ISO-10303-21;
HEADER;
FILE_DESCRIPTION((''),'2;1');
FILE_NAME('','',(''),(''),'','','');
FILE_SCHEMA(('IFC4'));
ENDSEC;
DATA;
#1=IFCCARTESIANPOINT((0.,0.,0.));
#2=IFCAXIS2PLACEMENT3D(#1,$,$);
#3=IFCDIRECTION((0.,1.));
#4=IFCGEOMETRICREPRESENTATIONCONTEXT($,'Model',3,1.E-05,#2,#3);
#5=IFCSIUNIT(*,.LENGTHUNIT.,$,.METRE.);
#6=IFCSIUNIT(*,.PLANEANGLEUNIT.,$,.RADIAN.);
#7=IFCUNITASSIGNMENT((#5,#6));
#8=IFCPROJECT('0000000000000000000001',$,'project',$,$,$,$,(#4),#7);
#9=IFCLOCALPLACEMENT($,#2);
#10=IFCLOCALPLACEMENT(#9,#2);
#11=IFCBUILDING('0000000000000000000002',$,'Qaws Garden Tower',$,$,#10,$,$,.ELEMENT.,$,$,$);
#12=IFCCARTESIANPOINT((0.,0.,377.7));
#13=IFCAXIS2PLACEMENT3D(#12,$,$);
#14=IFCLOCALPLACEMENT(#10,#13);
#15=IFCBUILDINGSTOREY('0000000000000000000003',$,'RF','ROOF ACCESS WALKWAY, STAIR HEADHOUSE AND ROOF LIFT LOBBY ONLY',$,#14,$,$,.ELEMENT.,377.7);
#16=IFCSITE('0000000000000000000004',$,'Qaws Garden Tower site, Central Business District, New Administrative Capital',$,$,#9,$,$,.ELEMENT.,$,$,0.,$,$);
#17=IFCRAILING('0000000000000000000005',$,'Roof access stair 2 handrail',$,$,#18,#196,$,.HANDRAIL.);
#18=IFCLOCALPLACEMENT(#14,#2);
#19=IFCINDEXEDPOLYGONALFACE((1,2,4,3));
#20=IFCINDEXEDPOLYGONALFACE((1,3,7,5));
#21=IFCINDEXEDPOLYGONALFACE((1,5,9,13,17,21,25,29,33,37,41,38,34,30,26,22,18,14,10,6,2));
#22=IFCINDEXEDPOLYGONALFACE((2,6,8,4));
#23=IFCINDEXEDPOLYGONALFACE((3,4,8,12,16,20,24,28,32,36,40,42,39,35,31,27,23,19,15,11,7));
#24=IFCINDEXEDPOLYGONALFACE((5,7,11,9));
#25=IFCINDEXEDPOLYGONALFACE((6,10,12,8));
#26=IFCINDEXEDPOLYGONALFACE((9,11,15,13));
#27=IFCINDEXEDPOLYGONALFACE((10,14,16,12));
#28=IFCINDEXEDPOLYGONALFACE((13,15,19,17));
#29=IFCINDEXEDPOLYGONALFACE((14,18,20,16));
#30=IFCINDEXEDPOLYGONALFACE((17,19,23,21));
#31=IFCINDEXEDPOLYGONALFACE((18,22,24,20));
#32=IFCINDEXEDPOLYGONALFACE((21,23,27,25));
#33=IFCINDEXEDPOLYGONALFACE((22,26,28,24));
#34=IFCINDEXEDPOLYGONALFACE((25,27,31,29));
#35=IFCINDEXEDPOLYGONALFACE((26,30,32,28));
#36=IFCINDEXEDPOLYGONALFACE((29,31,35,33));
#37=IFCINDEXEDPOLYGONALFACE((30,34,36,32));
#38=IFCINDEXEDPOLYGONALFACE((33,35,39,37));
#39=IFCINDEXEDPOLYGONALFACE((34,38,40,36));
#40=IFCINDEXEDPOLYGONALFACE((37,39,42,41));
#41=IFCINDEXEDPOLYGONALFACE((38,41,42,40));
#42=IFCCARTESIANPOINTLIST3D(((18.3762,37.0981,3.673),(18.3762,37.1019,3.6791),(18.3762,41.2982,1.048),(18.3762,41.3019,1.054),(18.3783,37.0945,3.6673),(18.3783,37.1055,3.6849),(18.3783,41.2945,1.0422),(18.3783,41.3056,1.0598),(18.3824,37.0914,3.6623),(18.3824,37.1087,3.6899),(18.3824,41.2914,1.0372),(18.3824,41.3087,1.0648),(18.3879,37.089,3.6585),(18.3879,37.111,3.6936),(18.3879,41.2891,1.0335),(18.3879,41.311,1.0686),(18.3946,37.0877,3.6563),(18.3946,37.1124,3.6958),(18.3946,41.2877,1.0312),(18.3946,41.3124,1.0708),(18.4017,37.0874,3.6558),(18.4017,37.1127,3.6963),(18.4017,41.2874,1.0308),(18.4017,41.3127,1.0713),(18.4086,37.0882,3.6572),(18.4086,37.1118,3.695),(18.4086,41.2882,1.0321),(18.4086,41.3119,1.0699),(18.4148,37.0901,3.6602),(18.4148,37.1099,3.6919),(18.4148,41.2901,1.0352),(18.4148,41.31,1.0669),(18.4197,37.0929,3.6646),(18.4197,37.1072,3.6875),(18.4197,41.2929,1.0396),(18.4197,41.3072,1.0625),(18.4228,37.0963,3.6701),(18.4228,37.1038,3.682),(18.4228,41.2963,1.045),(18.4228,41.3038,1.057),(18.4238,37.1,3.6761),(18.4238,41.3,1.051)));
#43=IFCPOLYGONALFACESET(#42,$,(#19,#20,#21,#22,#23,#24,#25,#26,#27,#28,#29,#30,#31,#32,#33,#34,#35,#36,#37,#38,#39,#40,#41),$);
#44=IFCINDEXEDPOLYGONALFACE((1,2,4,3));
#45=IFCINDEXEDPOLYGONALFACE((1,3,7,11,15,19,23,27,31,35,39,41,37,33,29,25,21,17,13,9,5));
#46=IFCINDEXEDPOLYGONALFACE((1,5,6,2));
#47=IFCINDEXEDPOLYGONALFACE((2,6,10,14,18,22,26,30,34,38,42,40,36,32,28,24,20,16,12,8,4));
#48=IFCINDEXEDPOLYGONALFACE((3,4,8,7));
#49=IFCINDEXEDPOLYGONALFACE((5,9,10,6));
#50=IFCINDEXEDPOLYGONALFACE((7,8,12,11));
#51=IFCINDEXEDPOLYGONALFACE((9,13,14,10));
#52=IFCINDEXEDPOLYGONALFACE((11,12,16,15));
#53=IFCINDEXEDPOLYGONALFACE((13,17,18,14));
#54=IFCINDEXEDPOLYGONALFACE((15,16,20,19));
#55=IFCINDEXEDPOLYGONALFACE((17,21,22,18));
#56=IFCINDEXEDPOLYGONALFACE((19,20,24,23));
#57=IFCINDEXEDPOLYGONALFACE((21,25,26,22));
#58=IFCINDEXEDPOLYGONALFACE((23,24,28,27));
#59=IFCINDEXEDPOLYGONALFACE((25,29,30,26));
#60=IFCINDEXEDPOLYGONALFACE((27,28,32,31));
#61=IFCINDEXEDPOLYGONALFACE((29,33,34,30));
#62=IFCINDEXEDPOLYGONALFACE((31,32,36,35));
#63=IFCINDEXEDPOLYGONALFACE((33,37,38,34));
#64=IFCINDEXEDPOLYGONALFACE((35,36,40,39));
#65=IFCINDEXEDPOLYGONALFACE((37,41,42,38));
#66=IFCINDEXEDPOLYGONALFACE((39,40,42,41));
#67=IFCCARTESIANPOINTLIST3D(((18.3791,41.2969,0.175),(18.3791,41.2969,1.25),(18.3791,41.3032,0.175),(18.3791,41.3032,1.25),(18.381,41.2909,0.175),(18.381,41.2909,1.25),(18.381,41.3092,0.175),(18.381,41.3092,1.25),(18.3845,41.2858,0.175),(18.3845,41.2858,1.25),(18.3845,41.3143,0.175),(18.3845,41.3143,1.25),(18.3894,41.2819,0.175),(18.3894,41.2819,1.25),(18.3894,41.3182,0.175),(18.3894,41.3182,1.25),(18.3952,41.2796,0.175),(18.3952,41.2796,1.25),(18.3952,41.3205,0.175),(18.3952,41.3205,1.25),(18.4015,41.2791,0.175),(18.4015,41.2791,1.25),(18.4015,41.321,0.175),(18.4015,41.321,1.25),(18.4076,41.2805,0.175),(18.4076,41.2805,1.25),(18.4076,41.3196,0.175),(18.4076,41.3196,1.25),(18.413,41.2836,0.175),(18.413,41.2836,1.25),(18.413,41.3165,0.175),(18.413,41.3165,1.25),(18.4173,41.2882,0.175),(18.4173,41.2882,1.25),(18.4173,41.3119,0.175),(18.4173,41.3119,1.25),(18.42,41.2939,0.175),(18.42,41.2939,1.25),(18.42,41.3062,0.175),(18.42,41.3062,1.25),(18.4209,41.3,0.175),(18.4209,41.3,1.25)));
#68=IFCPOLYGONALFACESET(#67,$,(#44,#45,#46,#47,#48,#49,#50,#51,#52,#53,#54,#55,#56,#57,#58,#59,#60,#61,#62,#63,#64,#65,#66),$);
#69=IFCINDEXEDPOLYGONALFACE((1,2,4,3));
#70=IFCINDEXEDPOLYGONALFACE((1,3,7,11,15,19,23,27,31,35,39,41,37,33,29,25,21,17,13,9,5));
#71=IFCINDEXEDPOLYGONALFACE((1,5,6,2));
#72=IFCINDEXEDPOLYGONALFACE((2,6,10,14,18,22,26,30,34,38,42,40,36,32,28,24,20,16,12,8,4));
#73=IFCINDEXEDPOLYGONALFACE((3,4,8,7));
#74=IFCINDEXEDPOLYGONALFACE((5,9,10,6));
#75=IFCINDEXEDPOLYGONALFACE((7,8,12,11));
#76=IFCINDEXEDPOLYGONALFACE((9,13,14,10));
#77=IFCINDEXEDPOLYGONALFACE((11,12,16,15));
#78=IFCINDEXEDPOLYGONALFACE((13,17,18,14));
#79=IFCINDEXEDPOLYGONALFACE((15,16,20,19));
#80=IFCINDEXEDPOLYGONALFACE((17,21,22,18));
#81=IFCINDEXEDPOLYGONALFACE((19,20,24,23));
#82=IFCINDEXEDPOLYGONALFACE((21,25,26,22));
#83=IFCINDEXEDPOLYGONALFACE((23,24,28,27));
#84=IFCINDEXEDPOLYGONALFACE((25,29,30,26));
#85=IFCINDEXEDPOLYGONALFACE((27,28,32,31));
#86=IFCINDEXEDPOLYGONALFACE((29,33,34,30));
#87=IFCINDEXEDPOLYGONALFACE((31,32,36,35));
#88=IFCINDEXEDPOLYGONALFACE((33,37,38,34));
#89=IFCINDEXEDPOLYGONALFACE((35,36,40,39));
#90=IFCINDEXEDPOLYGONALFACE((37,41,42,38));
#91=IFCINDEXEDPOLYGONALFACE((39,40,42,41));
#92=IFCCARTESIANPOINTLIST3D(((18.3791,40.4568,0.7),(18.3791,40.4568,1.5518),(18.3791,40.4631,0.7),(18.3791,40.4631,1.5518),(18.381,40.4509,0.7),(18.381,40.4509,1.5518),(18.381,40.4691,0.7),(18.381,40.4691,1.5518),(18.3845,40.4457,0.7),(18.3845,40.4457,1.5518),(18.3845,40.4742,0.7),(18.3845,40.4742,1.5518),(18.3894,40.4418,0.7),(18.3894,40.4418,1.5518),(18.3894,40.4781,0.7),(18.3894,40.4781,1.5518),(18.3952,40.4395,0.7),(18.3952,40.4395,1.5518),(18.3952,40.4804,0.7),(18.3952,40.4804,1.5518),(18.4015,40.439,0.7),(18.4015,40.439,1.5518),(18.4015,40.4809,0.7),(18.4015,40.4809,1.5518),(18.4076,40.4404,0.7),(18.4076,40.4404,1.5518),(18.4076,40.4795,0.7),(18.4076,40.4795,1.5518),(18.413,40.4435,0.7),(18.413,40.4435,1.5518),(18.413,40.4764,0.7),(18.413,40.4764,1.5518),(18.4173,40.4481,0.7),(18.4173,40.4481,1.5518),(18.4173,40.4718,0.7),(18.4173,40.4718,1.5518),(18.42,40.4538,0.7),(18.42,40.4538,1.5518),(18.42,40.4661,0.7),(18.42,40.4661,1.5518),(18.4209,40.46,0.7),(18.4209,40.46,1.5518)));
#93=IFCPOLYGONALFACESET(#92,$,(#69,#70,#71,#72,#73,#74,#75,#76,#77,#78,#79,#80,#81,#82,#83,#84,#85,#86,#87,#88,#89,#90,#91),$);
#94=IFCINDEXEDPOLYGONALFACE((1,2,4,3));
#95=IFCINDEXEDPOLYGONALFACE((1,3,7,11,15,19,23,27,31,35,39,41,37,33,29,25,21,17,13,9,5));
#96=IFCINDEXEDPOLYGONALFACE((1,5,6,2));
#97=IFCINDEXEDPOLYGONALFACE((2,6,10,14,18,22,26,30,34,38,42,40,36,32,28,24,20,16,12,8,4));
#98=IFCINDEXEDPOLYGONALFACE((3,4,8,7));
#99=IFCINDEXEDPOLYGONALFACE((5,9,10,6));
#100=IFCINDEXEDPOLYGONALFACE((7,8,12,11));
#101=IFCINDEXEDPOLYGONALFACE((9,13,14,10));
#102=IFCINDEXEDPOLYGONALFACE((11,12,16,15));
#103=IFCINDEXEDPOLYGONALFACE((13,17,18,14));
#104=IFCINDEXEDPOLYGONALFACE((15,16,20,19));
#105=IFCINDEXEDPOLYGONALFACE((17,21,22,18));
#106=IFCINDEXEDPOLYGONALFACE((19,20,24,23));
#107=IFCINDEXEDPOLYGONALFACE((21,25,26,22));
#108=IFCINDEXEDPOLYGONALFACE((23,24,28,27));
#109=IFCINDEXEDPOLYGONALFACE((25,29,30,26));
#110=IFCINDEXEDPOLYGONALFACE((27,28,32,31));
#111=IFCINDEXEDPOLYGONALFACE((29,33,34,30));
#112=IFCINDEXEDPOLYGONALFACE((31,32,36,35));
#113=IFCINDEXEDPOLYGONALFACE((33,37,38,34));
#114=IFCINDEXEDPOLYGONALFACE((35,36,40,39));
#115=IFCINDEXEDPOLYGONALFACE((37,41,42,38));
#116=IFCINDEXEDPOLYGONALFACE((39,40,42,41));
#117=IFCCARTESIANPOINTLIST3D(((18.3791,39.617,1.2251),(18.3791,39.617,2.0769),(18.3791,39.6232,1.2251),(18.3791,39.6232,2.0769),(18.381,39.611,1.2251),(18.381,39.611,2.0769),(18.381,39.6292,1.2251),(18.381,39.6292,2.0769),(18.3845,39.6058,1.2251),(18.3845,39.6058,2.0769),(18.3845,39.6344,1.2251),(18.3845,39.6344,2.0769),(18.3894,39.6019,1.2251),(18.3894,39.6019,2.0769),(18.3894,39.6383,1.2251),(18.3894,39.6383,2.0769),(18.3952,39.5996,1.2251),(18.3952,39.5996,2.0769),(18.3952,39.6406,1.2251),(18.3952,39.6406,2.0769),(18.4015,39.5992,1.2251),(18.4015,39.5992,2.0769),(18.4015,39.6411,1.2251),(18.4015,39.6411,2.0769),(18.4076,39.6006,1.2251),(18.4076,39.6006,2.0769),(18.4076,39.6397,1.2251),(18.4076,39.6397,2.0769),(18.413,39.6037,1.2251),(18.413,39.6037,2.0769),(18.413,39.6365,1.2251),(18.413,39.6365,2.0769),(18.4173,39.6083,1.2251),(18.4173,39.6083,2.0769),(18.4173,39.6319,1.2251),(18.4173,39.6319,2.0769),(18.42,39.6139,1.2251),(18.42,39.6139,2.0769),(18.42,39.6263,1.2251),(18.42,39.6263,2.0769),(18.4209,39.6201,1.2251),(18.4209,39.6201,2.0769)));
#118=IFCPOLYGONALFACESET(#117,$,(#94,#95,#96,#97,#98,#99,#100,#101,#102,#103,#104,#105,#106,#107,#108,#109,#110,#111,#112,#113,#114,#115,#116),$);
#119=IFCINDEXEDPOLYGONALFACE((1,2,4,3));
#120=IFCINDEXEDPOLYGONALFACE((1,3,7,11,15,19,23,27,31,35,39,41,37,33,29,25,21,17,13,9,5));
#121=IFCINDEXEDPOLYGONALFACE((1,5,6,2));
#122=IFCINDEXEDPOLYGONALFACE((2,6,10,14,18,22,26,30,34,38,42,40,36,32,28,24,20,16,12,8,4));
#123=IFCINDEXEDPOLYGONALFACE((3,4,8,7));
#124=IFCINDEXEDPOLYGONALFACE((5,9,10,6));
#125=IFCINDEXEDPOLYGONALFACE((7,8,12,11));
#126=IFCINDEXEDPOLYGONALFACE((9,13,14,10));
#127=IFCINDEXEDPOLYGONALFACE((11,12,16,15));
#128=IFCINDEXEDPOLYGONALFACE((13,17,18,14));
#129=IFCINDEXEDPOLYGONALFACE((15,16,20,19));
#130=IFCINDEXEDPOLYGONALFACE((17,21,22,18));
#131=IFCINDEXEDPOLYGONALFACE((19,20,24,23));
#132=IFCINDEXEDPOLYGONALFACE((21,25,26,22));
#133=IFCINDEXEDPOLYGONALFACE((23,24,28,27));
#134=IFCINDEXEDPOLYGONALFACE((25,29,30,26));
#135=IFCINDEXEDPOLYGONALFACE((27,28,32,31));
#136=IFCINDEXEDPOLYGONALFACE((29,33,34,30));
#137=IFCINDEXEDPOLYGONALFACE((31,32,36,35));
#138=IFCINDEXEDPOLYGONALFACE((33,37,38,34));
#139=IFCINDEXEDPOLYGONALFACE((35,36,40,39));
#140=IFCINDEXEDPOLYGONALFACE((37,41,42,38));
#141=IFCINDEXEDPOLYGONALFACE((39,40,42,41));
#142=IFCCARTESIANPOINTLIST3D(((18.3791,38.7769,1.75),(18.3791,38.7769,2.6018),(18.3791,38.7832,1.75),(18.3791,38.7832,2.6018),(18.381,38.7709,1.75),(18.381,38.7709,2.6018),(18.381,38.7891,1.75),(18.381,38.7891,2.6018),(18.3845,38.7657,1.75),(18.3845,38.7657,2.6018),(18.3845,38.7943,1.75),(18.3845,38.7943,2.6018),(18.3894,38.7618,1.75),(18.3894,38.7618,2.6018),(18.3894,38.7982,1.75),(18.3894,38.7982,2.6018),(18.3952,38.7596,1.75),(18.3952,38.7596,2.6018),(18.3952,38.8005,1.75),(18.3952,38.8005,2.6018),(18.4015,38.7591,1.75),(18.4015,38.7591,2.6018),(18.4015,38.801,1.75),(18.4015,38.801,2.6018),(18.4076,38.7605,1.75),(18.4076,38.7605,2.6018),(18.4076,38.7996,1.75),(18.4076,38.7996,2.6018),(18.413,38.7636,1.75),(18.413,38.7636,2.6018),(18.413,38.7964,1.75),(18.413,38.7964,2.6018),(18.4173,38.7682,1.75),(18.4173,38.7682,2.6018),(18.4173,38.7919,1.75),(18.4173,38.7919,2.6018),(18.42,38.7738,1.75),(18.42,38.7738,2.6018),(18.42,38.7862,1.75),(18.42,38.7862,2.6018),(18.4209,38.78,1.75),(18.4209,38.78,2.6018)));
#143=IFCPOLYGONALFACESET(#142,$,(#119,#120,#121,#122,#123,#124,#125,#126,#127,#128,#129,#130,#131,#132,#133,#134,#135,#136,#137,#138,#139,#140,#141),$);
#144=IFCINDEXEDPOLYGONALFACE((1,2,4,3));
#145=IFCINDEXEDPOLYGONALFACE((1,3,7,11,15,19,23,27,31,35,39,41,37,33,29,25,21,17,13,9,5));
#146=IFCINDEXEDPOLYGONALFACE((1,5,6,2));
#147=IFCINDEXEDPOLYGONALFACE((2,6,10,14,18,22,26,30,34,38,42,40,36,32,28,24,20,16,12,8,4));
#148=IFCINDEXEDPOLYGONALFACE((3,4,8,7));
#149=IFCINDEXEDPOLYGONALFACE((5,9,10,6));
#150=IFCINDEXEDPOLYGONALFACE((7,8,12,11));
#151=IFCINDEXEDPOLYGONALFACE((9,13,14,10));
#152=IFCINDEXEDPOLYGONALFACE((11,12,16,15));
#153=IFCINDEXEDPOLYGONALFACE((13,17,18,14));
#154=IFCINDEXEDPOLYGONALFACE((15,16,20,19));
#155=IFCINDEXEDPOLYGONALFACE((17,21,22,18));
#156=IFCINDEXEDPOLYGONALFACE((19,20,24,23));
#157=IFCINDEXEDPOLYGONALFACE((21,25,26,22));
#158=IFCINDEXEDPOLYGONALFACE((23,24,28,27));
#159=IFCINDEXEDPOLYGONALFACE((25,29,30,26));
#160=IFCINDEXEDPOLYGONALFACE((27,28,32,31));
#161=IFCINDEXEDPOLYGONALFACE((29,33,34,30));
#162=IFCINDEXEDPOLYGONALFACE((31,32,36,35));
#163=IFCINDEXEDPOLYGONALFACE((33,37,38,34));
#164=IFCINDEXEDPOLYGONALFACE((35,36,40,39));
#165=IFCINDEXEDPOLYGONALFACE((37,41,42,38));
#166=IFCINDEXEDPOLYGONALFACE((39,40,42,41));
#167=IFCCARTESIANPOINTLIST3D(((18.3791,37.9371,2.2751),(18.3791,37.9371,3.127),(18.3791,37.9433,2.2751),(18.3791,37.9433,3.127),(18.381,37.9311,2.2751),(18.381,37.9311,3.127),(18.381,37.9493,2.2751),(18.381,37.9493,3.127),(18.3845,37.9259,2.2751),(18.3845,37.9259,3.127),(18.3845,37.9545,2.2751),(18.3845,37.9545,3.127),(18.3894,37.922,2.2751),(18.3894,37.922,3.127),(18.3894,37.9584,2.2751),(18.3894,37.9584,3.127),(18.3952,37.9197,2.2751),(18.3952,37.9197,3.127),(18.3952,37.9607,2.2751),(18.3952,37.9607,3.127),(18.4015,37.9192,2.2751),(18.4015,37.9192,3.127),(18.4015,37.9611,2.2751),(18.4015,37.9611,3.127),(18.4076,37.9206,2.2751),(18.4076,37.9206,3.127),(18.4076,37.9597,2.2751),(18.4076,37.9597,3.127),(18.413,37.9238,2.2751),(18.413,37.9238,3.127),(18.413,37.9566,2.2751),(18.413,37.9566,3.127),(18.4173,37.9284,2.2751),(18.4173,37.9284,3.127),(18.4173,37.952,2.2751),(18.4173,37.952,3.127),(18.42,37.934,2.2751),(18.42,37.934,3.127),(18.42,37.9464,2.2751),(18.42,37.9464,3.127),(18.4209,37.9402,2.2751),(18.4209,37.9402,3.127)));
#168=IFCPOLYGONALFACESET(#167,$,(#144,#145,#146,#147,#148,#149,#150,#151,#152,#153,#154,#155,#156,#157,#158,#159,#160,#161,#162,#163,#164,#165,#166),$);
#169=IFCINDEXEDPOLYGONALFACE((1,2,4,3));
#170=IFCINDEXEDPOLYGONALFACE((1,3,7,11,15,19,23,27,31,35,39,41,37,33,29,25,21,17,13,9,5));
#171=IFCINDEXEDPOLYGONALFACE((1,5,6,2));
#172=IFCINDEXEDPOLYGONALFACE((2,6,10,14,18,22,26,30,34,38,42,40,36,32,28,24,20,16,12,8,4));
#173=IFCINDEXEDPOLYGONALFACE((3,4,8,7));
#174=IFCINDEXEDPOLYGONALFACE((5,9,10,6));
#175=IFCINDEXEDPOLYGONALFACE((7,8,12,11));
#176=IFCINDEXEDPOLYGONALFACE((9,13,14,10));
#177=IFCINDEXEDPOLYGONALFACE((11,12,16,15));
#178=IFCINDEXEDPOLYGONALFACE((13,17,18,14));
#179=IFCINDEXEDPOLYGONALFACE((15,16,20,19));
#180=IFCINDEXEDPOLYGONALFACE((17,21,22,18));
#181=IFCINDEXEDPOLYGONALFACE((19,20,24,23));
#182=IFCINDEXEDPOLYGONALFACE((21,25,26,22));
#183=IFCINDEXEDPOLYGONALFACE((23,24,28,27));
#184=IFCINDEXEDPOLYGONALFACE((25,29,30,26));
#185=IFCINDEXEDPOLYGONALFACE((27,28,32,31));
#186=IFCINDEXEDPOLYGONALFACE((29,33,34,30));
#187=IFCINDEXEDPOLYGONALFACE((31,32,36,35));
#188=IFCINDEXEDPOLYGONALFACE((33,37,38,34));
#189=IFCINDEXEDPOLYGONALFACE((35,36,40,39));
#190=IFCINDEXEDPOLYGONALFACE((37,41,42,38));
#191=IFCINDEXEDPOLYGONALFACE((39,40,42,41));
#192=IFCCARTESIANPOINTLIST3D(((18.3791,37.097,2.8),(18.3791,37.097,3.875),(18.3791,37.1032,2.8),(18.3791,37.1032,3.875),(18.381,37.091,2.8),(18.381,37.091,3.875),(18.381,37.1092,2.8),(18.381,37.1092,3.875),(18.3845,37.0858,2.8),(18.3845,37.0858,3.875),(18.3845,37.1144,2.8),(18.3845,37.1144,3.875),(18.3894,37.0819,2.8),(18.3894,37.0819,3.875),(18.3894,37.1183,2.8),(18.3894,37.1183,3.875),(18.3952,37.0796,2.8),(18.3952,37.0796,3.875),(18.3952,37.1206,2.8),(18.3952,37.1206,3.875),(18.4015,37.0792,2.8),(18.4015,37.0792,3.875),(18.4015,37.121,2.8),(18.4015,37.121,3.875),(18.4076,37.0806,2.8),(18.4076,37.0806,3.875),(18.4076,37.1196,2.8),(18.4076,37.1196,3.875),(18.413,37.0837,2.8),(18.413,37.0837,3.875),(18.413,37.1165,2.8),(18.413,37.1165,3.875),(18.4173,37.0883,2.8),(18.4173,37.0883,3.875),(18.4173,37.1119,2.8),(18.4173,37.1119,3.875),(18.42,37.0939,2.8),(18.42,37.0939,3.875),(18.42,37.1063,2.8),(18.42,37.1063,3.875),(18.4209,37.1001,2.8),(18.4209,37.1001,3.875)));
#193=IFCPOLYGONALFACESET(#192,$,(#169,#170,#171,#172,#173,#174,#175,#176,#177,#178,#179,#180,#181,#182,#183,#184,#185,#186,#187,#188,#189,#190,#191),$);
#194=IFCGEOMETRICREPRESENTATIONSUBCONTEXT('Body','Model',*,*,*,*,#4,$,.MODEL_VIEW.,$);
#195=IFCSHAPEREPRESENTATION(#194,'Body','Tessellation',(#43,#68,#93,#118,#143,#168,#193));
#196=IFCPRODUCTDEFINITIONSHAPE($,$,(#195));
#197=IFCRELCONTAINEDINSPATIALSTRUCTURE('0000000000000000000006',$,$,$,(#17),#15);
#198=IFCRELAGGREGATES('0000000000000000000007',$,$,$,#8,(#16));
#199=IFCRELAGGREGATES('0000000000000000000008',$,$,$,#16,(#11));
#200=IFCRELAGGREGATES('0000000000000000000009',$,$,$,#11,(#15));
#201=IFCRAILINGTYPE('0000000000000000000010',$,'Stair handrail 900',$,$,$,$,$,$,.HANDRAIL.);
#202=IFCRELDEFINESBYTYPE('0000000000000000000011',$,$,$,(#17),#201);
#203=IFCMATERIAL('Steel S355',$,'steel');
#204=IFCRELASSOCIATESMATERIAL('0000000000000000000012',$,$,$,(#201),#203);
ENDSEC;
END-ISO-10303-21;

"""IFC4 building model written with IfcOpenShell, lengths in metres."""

from ifc_helpers import new_model, si_unit, direction, frame, origin, origin_2d, place, context, subcontext, project, spatial, circle, extrude, material, type_object, element, save


model = new_model("IFC4")

# Units and contexts
model_context = context("Model", 3, precision=1e-05, world=origin(), true_north=direction((0.0, 1.0)))
body_context = subcontext(model_context, "Body", "Model", "MODEL_VIEW")
ifc_project = project(units=[si_unit("LENGTHUNIT", "METRE"), si_unit("PLANEANGLEUNIT", "RADIAN")], contexts=[model_context])

# Site, building, storey
site_placement = place(None, origin())
site = spatial("IfcSite", under=ifc_project, at=site_placement, Name="Qaws Garden Tower site, Central Business District, New Administrative Capital", CompositionType="ELEMENT", RefElevation=0.0)
building_placement = place(site_placement, origin())
building = spatial("IfcBuilding", under=site, at=building_placement, Name="Qaws Garden Tower", CompositionType="ELEMENT")
storey_placement = place(building_placement, frame((0.0, 0.0, 377.7)))
storey = spatial("IfcBuildingStorey", under=building, at=storey_placement, Name="RF", Description="ROOF ACCESS WALKWAY, STAIR HEADHOUSE AND ROOF LIFT LOBBY ONLY", CompositionType="ELEMENT", Elevation=377.7)

# Railing
ifc_material_1 = material(Name="Steel S355", Category="steel")
railing_type_1 = type_object("IfcRailingType", Name="Stair handrail 900", PredefinedType="HANDRAIL", material=ifc_material_1)
for number, where, name in (
    (1, (18.3999, 41.3, 0.175), "Roof access stair 2 handrail"),
):
    element("IfcRailing", number, at=place(storey_placement, frame(where)), inside=storey, type_object=railing_type_1, Name=name, PredefinedType="HANDRAIL", context=body_context, shape_type="SweptSolid", body=[
        extrude(circle(Radius=0.0239, at=origin_2d()), frame((0.0, 0.0, 0.876), z_axis=(0.0, -0.847996, 0.530003), x_axis=(1.0, 0.0, 0.0)), (0.0, 0.0, 1.0), 4.9529),
        extrude(circle(Radius=0.021, at=origin_2d()), origin(), (0.0, 0.0, 1.0), 1.075),
        extrude(circle(Radius=0.021, at=origin_2d()), frame((0.0, -0.8401, 0.5249)), (0.0, 0.0, 1.0), 0.8518),
        extrude(circle(Radius=0.021, at=origin_2d()), frame((0.0, -1.6799, 1.05)), (0.0, 0.0, 1.0), 0.8518),
        extrude(circle(Radius=0.021, at=origin_2d()), frame((0.0, -2.52, 1.575)), (0.0, 0.0, 1.0), 0.8518),
        extrude(circle(Radius=0.021, at=origin_2d()), frame((0.0, -3.3599, 2.1001)), (0.0, 0.0, 1.0), 0.8518),
        extrude(circle(Radius=0.021, at=origin_2d()), frame((0.0, -4.2, 2.625)), (0.0, 0.0, 1.0), 1.075),
    ])

save(model, "model.ifc")
